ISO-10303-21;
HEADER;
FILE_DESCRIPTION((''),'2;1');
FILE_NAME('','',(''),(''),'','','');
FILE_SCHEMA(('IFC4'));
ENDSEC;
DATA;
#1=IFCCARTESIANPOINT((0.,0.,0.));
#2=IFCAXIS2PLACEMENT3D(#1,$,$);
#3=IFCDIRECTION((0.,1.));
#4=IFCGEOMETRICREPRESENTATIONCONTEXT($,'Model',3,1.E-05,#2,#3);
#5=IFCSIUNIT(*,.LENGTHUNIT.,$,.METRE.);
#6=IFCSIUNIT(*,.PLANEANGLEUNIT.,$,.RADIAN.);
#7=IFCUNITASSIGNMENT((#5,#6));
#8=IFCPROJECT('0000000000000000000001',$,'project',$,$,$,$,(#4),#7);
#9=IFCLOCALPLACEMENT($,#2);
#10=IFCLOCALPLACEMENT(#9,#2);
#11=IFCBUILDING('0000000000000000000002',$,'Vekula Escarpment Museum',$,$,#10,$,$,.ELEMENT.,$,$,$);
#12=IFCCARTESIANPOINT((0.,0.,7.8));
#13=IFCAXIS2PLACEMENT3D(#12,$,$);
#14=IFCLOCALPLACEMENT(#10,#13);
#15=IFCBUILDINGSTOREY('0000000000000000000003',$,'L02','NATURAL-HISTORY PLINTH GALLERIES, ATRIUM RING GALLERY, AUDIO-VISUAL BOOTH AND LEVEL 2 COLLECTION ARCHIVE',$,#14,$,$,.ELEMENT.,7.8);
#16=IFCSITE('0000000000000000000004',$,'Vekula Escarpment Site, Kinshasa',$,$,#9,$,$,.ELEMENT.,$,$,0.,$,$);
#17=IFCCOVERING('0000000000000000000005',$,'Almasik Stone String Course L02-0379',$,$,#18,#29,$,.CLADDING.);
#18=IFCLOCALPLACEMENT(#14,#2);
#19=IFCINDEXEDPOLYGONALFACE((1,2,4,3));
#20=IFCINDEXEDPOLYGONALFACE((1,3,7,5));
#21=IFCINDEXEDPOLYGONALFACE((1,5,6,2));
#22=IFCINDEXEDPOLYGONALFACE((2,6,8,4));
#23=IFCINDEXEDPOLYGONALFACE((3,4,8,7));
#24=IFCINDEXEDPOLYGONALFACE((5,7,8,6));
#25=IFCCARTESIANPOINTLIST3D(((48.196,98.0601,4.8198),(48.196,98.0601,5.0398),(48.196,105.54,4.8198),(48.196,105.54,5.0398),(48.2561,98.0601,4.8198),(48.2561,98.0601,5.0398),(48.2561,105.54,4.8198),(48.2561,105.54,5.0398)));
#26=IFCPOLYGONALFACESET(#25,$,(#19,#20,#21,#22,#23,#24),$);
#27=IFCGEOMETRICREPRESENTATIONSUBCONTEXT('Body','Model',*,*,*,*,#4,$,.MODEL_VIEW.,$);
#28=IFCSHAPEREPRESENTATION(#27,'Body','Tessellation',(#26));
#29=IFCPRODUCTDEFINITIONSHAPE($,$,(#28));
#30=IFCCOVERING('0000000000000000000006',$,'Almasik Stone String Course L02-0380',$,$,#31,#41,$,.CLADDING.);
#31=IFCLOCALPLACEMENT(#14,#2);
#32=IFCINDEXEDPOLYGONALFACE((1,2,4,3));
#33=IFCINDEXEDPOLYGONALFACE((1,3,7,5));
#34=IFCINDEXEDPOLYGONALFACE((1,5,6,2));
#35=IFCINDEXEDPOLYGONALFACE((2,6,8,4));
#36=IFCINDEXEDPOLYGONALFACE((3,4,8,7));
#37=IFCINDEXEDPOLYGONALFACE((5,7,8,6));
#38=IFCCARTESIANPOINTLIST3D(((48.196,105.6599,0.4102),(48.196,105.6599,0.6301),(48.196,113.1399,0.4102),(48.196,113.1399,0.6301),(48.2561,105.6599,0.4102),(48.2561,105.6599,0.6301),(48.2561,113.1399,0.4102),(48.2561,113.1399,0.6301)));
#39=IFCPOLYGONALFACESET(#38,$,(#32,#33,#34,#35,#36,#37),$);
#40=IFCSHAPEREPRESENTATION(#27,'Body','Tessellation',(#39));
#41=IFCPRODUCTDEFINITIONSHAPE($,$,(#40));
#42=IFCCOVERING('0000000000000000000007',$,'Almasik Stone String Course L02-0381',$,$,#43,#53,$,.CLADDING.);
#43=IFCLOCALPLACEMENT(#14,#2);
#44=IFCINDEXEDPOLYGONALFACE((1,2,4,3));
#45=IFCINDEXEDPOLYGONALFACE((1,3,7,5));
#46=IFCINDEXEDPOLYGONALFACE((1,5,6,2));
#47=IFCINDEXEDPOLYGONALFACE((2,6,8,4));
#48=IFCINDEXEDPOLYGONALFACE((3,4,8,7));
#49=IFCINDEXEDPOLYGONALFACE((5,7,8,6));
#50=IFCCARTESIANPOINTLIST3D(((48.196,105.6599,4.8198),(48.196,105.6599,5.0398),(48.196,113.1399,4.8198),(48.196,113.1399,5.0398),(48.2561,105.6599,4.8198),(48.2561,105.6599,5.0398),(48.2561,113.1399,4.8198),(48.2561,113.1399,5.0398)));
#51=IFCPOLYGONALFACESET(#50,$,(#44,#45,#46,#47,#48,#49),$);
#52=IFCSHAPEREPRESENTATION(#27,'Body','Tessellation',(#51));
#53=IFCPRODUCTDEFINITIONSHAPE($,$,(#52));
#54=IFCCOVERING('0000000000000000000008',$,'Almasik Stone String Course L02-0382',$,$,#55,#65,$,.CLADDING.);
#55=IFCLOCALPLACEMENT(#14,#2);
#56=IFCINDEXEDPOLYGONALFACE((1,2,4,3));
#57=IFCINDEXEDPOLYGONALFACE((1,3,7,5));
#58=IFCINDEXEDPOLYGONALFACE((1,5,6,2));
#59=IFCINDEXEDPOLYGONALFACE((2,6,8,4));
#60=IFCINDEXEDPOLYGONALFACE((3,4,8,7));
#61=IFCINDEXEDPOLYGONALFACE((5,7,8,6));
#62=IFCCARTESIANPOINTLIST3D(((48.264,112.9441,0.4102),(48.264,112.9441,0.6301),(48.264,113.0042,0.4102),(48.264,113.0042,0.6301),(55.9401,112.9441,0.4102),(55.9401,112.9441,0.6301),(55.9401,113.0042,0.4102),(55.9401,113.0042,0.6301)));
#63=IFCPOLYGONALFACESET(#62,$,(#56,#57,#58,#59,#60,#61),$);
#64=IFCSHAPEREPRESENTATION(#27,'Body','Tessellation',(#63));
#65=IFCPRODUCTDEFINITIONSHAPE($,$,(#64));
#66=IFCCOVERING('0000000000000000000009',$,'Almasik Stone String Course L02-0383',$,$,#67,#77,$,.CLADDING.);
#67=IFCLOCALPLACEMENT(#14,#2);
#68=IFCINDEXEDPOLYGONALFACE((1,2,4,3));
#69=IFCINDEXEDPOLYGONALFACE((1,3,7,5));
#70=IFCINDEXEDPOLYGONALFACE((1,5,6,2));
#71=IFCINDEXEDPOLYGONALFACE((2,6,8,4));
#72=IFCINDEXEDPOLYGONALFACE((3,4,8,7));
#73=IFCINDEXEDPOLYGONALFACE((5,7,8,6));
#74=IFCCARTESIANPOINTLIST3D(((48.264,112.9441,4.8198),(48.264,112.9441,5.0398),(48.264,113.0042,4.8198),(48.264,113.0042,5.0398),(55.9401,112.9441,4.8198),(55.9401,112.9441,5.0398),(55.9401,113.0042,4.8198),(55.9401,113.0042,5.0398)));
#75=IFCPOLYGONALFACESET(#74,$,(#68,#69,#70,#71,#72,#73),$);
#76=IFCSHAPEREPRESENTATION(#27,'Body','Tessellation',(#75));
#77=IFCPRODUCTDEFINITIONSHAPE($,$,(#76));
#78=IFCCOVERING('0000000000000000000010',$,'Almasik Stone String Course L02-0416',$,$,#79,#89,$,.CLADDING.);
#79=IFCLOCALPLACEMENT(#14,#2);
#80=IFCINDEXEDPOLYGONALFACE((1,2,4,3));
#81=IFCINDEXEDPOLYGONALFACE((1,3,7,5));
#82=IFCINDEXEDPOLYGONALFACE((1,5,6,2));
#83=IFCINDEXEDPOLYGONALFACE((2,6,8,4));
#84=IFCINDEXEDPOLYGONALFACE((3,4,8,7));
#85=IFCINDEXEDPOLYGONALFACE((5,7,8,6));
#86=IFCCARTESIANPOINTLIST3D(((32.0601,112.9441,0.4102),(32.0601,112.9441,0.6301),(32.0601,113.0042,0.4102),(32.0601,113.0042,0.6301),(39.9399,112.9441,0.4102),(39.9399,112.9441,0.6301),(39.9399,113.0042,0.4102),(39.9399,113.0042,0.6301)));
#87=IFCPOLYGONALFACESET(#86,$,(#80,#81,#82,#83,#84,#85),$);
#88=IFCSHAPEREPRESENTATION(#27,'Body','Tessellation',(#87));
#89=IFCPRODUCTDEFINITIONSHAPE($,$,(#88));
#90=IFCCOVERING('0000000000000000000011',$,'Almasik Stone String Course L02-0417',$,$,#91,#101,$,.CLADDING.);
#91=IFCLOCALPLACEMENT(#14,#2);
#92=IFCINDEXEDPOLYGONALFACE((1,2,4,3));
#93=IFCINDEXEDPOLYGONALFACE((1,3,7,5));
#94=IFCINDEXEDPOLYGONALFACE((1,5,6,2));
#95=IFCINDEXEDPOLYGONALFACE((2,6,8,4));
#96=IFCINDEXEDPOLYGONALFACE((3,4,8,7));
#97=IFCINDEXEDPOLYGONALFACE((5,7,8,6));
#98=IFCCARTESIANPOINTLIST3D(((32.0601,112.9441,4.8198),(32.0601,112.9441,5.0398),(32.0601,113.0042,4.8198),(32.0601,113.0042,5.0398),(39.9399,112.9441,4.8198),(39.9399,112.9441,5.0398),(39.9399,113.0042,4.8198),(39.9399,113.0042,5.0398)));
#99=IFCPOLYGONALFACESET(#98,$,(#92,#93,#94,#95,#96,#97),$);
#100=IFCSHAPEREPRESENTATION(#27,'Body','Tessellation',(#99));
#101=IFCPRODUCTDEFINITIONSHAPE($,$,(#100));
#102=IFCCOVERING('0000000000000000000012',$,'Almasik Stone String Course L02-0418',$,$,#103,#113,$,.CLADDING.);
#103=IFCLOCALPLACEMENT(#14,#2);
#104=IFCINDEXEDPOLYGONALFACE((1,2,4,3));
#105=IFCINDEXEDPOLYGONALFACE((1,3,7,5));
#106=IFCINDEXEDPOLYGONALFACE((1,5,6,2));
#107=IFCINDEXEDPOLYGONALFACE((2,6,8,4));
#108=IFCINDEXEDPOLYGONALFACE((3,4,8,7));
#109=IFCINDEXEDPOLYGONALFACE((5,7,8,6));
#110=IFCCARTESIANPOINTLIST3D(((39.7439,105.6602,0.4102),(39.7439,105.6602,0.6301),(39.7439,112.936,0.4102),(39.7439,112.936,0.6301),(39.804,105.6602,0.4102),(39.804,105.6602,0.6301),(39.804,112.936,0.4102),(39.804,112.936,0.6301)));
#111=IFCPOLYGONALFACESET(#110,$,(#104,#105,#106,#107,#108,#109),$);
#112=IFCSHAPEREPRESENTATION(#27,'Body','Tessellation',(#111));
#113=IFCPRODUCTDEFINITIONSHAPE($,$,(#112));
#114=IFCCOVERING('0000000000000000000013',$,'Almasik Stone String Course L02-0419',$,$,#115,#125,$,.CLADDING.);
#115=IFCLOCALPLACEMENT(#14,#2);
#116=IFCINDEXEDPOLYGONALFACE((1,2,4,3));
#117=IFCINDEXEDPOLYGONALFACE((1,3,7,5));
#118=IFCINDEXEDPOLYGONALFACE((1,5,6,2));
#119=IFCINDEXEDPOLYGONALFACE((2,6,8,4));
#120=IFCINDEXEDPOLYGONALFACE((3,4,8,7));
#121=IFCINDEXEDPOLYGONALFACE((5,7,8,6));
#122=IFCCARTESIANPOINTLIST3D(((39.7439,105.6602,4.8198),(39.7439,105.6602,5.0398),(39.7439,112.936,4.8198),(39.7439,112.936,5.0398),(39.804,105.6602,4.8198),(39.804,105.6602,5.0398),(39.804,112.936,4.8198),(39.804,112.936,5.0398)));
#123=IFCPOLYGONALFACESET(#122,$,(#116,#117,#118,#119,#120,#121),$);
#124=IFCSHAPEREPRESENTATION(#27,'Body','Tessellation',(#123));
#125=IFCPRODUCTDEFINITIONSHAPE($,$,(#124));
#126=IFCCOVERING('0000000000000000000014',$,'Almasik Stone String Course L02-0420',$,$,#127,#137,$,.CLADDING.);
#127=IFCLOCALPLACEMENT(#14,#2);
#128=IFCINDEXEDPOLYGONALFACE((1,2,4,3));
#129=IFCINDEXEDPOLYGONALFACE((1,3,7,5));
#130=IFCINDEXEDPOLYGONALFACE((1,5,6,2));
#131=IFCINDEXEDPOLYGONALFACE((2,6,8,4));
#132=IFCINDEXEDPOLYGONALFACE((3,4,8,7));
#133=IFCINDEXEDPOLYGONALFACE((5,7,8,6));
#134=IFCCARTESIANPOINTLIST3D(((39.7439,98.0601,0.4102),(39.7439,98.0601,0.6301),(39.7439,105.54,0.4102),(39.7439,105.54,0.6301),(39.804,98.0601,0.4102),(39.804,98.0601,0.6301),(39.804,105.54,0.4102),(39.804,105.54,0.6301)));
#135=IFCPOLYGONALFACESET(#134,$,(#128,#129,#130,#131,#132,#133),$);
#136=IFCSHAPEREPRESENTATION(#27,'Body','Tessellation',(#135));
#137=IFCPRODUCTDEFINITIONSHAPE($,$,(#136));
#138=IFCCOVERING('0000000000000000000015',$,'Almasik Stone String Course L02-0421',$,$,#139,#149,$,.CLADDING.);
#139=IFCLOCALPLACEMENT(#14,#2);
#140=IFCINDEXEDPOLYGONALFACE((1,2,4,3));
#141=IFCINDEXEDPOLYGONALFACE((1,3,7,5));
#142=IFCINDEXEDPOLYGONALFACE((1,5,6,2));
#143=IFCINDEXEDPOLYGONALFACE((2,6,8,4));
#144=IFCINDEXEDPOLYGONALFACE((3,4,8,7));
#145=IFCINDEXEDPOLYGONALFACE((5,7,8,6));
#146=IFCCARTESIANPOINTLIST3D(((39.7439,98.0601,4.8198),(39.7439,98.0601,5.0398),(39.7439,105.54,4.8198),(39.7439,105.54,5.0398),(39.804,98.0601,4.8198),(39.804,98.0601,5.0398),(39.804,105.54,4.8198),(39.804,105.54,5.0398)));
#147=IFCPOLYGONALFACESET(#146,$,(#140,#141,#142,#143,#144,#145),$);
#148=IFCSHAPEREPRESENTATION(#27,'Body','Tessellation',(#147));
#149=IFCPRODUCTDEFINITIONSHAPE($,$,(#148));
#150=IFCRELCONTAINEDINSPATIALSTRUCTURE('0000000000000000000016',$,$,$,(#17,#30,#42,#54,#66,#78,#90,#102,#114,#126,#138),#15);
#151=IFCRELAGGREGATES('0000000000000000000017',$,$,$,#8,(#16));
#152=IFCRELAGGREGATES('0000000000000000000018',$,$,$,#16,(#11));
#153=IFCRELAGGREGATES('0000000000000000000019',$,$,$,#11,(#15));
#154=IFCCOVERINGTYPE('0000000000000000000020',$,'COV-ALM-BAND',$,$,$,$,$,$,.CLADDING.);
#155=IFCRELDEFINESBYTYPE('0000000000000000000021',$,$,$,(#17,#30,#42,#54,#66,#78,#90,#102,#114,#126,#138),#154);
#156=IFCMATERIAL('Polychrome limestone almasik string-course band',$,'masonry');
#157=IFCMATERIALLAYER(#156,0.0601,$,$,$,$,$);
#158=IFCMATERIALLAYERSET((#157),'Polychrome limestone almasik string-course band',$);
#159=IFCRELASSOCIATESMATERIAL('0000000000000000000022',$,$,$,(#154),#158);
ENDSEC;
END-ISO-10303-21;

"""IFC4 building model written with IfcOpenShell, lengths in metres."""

from ifc_helpers import new_model, si_unit, direction, frame, origin, origin_2d, place, context, subcontext, project, spatial, rectangle, extrude, material, layer, layer_set, type_object, element, save


model = new_model("IFC4")

# Units and contexts
model_context = context("Model", 3, precision=1e-05, world=origin(), true_north=direction((0.0, 1.0)))
body_context = subcontext(model_context, "Body", "Model", "MODEL_VIEW")
ifc_project = project(units=[si_unit("LENGTHUNIT", "METRE"), si_unit("PLANEANGLEUNIT", "RADIAN")], contexts=[model_context])

# Site, building, storey
site_placement = place(None, origin())
site = spatial("IfcSite", under=ifc_project, at=site_placement, Name="Vekula Escarpment Site, Kinshasa", CompositionType="ELEMENT", RefElevation=0.0)
building_placement = place(site_placement, origin())
building = spatial("IfcBuilding", under=site, at=building_placement, Name="Vekula Escarpment Museum", CompositionType="ELEMENT")
storey_placement = place(building_placement, frame((0.0, 0.0, 7.8)))
storey = spatial("IfcBuildingStorey", under=building, at=storey_placement, Name="L02", Description="NATURAL-HISTORY PLINTH GALLERIES, ATRIUM RING GALLERY, AUDIO-VISUAL BOOTH AND LEVEL 2 COLLECTION ARCHIVE", CompositionType="ELEMENT", Elevation=7.8)

# Coverings
ifc_material_1 = material(Name="Polychrome limestone almasik string-course band", Category="masonry")
ifc_layer_1 = layer(ifc_material_1, 0.0601)
ifc_layer_set_1 = layer_set([ifc_layer_1], Name="Polychrome limestone almasik string-course band")
covering_type = type_object("IfcCoveringType", Name="COV-ALM-BAND", PredefinedType="CLADDING", material=ifc_layer_set_1)
for number, where, z_axis, x_axis, name in (
    (1, (48.2261, 101.8, 4.8198), (0.0, 0.0, 1.0), (0.0, 1.0, 0.0), "Almasik Stone String Course L02-0379"),
    (2, (48.2261, 109.3999, 0.4102), (0.0, 0.0, 1.0), (0.0, 1.0, 0.0), "Almasik Stone String Course L02-0380"),
    (3, (48.2261, 109.3999, 4.8198), (0.0, 0.0, 1.0), (0.0, 1.0, 0.0), "Almasik Stone String Course L02-0381"),
):
    element("IfcCovering", number, at=place(storey_placement, frame(where, z_axis=z_axis, x_axis=x_axis)), inside=storey, type_object=covering_type, Name=name, PredefinedType="CLADDING", context=body_context, shape_type="SweptSolid", body=[
        extrude(rectangle(XDim=7.48, YDim=0.0601, at=origin_2d()), origin(), (0.0, 0.0, 1.0), 0.22),
    ])
for number, where, z_axis, x_axis, name in (
    (4, (52.1021, 112.9741, 0.4102), (0.0, 0.0, 1.0), (1.0, 0.0, 0.0), "Almasik Stone String Course L02-0382"),
    (5, (52.1021, 112.9741, 4.8198), (0.0, 0.0, 1.0), (1.0, 0.0, 0.0), "Almasik Stone String Course L02-0383"),
):
    element("IfcCovering", number, at=place(storey_placement, frame(where, z_axis=z_axis, x_axis=x_axis)), inside=storey, type_object=covering_type, Name=name, PredefinedType="CLADDING", context=body_context, shape_type="SweptSolid", body=[
        extrude(rectangle(XDim=7.676, YDim=0.0601, at=origin_2d()), origin(), (0.0, 0.0, 1.0), 0.22),
    ])
for number, where, z_axis, x_axis, name in (
    (6, (36.0, 112.9741, 0.4102), (0.0, 0.0, 1.0), (1.0, 0.0, 0.0), "Almasik Stone String Course L02-0416"),
    (7, (36.0, 112.9741, 4.8198), (0.0, 0.0, 1.0), (1.0, 0.0, 0.0), "Almasik Stone String Course L02-0417"),
):
    element("IfcCovering", number, at=place(storey_placement, frame(where, z_axis=z_axis, x_axis=x_axis)), inside=storey, type_object=covering_type, Name=name, PredefinedType="CLADDING", context=body_context, shape_type="SweptSolid", body=[
        extrude(rectangle(XDim=7.8799, YDim=0.0601, at=origin_2d()), origin(), (0.0, 0.0, 1.0), 0.22),
    ])
for number, where, z_axis, x_axis, name in (
    (8, (39.7739, 109.2981, 0.4102), (0.0, 0.0, 1.0), (0.0, 1.0, 0.0), "Almasik Stone String Course L02-0418"),
    (9, (39.7739, 109.2981, 4.8198), (0.0, 0.0, 1.0), (0.0, 1.0, 0.0), "Almasik Stone String Course L02-0419"),
):
    element("IfcCovering", number, at=place(storey_placement, frame(where, z_axis=z_axis, x_axis=x_axis)), inside=storey, type_object=covering_type, Name=name, PredefinedType="CLADDING", context=body_context, shape_type="SweptSolid", body=[
        extrude(rectangle(XDim=7.2759, YDim=0.0601, at=origin_2d()), origin(), (0.0, 0.0, 1.0), 0.22),
    ])
for number, where, z_axis, x_axis, name in (
    (10, (39.7739, 101.8, 0.4102), (0.0, 0.0, 1.0), (0.0, 1.0, 0.0), "Almasik Stone String Course L02-0420"),
    (11, (39.7739, 101.8, 4.8198), (0.0, 0.0, 1.0), (0.0, 1.0, 0.0), "Almasik Stone String Course L02-0421"),
):
    element("IfcCovering", number, at=place(storey_placement, frame(where, z_axis=z_axis, x_axis=x_axis)), inside=storey, type_object=covering_type, Name=name, PredefinedType="CLADDING", context=body_context, shape_type="SweptSolid", body=[
        extrude(rectangle(XDim=7.48, YDim=0.0601, at=origin_2d()), origin(), (0.0, 0.0, 1.0), 0.22),
    ])

save(model, "model.ifc")
